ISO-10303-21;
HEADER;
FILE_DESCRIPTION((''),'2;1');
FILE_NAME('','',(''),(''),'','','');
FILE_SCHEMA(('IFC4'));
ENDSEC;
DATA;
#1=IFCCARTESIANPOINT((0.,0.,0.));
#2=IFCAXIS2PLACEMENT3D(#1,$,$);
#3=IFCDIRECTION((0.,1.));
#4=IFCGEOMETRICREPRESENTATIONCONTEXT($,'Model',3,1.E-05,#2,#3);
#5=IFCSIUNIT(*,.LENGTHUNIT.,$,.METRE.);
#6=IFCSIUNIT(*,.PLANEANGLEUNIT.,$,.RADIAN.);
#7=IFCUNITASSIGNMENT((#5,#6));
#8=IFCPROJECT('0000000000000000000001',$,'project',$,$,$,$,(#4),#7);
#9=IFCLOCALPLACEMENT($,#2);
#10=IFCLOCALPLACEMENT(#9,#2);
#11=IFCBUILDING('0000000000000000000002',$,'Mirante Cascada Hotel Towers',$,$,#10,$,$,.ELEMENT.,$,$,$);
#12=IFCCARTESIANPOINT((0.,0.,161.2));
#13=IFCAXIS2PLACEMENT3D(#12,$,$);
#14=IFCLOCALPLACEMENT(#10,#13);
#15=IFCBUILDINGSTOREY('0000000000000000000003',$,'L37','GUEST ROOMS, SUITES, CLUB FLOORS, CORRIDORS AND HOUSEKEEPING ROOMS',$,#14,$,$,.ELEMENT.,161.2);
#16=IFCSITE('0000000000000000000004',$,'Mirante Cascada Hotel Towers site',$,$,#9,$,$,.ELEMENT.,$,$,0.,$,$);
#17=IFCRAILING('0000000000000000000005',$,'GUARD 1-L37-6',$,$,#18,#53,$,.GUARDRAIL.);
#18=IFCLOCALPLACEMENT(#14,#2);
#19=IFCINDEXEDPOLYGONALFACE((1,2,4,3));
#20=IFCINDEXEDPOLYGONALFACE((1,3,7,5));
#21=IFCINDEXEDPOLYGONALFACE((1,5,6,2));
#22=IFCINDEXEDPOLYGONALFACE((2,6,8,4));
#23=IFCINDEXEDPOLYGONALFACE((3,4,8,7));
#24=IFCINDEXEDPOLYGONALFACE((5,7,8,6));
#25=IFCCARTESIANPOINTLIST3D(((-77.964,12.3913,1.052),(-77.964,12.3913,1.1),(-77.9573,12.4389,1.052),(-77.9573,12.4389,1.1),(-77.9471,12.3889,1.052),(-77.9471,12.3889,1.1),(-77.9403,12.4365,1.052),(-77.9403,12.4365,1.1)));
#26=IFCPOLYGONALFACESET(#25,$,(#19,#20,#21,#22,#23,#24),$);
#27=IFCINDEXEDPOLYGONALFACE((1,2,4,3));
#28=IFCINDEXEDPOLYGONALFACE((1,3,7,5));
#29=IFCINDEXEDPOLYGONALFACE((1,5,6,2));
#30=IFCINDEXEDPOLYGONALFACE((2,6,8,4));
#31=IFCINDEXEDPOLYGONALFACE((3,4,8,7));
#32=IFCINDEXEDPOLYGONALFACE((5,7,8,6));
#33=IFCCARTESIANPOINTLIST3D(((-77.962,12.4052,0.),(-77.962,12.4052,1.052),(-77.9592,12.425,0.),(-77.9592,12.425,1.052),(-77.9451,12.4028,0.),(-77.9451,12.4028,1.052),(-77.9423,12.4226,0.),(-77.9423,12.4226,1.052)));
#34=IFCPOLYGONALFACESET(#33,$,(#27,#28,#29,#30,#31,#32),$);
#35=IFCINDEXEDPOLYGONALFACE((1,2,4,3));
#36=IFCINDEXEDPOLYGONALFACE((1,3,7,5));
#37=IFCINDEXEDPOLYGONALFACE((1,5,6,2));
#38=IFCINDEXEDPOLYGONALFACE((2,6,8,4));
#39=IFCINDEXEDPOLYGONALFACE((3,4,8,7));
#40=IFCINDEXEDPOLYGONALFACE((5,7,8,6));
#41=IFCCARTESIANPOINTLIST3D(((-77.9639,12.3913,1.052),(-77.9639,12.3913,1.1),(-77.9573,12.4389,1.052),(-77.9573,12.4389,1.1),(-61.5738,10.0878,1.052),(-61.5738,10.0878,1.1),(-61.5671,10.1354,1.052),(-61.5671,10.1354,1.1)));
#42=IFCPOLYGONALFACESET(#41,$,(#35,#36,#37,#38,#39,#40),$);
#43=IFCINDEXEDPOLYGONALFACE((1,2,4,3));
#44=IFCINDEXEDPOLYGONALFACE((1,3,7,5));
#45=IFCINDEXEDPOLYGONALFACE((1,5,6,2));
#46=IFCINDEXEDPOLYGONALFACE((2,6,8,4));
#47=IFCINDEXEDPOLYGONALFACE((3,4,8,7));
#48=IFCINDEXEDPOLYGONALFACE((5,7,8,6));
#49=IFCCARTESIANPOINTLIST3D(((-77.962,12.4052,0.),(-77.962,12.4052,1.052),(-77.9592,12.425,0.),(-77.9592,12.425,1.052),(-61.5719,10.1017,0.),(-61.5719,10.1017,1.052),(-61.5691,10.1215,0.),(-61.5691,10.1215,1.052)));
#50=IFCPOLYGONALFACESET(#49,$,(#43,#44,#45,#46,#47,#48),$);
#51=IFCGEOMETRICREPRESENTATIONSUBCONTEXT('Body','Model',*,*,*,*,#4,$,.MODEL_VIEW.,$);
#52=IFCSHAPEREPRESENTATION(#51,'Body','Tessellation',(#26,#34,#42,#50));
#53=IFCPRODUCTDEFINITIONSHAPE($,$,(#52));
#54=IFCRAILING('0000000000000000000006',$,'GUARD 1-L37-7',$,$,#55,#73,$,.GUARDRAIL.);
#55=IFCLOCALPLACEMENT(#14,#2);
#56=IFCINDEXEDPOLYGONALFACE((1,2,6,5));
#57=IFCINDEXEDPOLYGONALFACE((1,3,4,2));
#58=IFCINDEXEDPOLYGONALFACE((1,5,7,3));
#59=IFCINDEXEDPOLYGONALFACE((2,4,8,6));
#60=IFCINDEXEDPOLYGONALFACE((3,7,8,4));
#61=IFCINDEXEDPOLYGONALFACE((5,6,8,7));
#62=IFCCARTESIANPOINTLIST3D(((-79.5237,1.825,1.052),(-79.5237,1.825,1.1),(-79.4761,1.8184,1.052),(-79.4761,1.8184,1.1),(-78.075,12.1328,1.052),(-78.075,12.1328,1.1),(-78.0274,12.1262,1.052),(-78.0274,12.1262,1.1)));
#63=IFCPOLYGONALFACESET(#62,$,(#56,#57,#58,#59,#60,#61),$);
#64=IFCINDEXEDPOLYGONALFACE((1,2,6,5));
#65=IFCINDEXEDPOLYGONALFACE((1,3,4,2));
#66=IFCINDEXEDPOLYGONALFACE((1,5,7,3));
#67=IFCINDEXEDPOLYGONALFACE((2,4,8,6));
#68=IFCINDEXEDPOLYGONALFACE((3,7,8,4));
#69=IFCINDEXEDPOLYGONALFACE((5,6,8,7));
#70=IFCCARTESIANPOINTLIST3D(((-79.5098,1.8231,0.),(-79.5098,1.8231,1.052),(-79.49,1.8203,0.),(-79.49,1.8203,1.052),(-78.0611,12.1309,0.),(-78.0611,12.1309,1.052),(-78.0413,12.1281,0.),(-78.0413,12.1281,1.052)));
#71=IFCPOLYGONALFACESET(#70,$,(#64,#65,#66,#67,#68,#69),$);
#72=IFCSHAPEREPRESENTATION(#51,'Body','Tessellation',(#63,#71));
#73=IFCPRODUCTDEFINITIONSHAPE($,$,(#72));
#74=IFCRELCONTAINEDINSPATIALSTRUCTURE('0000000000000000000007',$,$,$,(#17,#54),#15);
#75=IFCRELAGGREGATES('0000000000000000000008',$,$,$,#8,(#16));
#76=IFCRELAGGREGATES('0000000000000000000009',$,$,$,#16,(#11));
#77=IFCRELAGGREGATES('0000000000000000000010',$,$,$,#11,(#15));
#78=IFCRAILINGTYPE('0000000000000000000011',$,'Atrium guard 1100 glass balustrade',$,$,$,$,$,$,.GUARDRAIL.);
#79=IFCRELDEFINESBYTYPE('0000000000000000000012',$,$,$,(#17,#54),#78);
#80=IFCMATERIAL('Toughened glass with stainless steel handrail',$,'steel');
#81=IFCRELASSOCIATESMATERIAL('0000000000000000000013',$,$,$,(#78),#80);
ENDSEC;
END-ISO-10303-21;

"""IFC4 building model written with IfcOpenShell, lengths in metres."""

from ifc_helpers import new_model, si_unit, direction, frame, origin, origin_2d, place, context, subcontext, project, spatial, rectangle, extrude, material, type_object, element, save


model = new_model("IFC4")

# Units and contexts
model_context = context("Model", 3, precision=1e-05, world=origin(), true_north=direction((0.0, 1.0)))
body_context = subcontext(model_context, "Body", "Model", "MODEL_VIEW")
ifc_project = project(units=[si_unit("LENGTHUNIT", "METRE"), si_unit("PLANEANGLEUNIT", "RADIAN")], contexts=[model_context])

# Site, building, storey
site_placement = place(None, origin())
site = spatial("IfcSite", under=ifc_project, at=site_placement, Name="Mirante Cascada Hotel Towers site", CompositionType="ELEMENT", RefElevation=0.0)
building_placement = place(site_placement, origin())
building = spatial("IfcBuilding", under=site, at=building_placement, Name="Mirante Cascada Hotel Towers", CompositionType="ELEMENT")
storey_placement = place(building_placement, frame((0.0, 0.0, 161.2)))
storey = spatial("IfcBuildingStorey", under=building, at=storey_placement, Name="L37", Description="GUEST ROOMS, SUITES, CLUB FLOORS, CORRIDORS AND HOUSEKEEPING ROOMS", CompositionType="ELEMENT", Elevation=161.2)

# Railings
ifc_material_1 = material(Name="Toughened glass with stainless steel handrail", Category="steel")
railing_type = type_object("IfcRailingType", Name="Atrium guard 1100 glass balustrade", PredefinedType="GUARDRAIL", material=ifc_material_1)
railing_1_placement = place(storey_placement, frame((-77.9437, 12.4127, 0.0)))
element("IfcRailing", 1, at=railing_1_placement, inside=storey, type_object=railing_type, Name="GUARD 1-L37-6", PredefinedType="GUARDRAIL", context=body_context, shape_type="SweptSolid", body=[
    extrude(rectangle(XDim=0.048, YDim=0.048, at=origin_2d()), frame((0.0, 0.0, 1.076), z_axis=(-0.990066, 0.140601, 0.0), x_axis=(-0.140601, -0.990066, 0.0)), (0.0, 0.0, 1.0), 0.0171),
    extrude(rectangle(XDim=0.02, YDim=1.052, at=origin_2d()), frame((0.0, 0.0, 0.526), z_axis=(-0.990066, 0.140601, 0.0), x_axis=(-0.140601, -0.990066, 0.0)), (0.0, 0.0, 1.0), 0.0171),
    extrude(rectangle(XDim=0.048, YDim=0.048, at=origin_2d()), frame((-0.0169, 0.0024, 1.076), z_axis=(0.990268, -0.139174, 0.0), x_axis=(0.139174, 0.990268, 0.0)), (0.0, 0.0, 1.0), 16.5512),
    extrude(rectangle(XDim=0.02, YDim=1.052, at=origin_2d()), frame((-0.0169, 0.0024, 0.526), z_axis=(0.990268, -0.139174, 0.0), x_axis=(0.139174, 0.990268, 0.0)), (0.0, 0.0, 1.0), 16.5512),
])
railing_2_placement = place(storey_placement, frame((-78.0512, 12.1295, 0.0)))
element("IfcRailing", 2, at=railing_2_placement, inside=storey, type_object=railing_type, Name="GUARD 1-L37-7", PredefinedType="GUARDRAIL", context=body_context, shape_type="SweptSolid", body=[
    extrude(rectangle(XDim=0.048, YDim=0.048, at=origin_2d()), frame((0.0, 0.0, 1.076), z_axis=(-0.139176, -0.990268, 0.0), x_axis=(0.990268, -0.139176, 0.0)), (0.0, 0.0, 1.0), 10.4091),
    extrude(rectangle(XDim=0.02, YDim=1.052, at=origin_2d()), frame((0.0, 0.0, 0.526), z_axis=(-0.139176, -0.990268, 0.0), x_axis=(0.990268, -0.139176, 0.0)), (0.0, 0.0, 1.0), 10.4091),
])

save(model, "model.ifc")
